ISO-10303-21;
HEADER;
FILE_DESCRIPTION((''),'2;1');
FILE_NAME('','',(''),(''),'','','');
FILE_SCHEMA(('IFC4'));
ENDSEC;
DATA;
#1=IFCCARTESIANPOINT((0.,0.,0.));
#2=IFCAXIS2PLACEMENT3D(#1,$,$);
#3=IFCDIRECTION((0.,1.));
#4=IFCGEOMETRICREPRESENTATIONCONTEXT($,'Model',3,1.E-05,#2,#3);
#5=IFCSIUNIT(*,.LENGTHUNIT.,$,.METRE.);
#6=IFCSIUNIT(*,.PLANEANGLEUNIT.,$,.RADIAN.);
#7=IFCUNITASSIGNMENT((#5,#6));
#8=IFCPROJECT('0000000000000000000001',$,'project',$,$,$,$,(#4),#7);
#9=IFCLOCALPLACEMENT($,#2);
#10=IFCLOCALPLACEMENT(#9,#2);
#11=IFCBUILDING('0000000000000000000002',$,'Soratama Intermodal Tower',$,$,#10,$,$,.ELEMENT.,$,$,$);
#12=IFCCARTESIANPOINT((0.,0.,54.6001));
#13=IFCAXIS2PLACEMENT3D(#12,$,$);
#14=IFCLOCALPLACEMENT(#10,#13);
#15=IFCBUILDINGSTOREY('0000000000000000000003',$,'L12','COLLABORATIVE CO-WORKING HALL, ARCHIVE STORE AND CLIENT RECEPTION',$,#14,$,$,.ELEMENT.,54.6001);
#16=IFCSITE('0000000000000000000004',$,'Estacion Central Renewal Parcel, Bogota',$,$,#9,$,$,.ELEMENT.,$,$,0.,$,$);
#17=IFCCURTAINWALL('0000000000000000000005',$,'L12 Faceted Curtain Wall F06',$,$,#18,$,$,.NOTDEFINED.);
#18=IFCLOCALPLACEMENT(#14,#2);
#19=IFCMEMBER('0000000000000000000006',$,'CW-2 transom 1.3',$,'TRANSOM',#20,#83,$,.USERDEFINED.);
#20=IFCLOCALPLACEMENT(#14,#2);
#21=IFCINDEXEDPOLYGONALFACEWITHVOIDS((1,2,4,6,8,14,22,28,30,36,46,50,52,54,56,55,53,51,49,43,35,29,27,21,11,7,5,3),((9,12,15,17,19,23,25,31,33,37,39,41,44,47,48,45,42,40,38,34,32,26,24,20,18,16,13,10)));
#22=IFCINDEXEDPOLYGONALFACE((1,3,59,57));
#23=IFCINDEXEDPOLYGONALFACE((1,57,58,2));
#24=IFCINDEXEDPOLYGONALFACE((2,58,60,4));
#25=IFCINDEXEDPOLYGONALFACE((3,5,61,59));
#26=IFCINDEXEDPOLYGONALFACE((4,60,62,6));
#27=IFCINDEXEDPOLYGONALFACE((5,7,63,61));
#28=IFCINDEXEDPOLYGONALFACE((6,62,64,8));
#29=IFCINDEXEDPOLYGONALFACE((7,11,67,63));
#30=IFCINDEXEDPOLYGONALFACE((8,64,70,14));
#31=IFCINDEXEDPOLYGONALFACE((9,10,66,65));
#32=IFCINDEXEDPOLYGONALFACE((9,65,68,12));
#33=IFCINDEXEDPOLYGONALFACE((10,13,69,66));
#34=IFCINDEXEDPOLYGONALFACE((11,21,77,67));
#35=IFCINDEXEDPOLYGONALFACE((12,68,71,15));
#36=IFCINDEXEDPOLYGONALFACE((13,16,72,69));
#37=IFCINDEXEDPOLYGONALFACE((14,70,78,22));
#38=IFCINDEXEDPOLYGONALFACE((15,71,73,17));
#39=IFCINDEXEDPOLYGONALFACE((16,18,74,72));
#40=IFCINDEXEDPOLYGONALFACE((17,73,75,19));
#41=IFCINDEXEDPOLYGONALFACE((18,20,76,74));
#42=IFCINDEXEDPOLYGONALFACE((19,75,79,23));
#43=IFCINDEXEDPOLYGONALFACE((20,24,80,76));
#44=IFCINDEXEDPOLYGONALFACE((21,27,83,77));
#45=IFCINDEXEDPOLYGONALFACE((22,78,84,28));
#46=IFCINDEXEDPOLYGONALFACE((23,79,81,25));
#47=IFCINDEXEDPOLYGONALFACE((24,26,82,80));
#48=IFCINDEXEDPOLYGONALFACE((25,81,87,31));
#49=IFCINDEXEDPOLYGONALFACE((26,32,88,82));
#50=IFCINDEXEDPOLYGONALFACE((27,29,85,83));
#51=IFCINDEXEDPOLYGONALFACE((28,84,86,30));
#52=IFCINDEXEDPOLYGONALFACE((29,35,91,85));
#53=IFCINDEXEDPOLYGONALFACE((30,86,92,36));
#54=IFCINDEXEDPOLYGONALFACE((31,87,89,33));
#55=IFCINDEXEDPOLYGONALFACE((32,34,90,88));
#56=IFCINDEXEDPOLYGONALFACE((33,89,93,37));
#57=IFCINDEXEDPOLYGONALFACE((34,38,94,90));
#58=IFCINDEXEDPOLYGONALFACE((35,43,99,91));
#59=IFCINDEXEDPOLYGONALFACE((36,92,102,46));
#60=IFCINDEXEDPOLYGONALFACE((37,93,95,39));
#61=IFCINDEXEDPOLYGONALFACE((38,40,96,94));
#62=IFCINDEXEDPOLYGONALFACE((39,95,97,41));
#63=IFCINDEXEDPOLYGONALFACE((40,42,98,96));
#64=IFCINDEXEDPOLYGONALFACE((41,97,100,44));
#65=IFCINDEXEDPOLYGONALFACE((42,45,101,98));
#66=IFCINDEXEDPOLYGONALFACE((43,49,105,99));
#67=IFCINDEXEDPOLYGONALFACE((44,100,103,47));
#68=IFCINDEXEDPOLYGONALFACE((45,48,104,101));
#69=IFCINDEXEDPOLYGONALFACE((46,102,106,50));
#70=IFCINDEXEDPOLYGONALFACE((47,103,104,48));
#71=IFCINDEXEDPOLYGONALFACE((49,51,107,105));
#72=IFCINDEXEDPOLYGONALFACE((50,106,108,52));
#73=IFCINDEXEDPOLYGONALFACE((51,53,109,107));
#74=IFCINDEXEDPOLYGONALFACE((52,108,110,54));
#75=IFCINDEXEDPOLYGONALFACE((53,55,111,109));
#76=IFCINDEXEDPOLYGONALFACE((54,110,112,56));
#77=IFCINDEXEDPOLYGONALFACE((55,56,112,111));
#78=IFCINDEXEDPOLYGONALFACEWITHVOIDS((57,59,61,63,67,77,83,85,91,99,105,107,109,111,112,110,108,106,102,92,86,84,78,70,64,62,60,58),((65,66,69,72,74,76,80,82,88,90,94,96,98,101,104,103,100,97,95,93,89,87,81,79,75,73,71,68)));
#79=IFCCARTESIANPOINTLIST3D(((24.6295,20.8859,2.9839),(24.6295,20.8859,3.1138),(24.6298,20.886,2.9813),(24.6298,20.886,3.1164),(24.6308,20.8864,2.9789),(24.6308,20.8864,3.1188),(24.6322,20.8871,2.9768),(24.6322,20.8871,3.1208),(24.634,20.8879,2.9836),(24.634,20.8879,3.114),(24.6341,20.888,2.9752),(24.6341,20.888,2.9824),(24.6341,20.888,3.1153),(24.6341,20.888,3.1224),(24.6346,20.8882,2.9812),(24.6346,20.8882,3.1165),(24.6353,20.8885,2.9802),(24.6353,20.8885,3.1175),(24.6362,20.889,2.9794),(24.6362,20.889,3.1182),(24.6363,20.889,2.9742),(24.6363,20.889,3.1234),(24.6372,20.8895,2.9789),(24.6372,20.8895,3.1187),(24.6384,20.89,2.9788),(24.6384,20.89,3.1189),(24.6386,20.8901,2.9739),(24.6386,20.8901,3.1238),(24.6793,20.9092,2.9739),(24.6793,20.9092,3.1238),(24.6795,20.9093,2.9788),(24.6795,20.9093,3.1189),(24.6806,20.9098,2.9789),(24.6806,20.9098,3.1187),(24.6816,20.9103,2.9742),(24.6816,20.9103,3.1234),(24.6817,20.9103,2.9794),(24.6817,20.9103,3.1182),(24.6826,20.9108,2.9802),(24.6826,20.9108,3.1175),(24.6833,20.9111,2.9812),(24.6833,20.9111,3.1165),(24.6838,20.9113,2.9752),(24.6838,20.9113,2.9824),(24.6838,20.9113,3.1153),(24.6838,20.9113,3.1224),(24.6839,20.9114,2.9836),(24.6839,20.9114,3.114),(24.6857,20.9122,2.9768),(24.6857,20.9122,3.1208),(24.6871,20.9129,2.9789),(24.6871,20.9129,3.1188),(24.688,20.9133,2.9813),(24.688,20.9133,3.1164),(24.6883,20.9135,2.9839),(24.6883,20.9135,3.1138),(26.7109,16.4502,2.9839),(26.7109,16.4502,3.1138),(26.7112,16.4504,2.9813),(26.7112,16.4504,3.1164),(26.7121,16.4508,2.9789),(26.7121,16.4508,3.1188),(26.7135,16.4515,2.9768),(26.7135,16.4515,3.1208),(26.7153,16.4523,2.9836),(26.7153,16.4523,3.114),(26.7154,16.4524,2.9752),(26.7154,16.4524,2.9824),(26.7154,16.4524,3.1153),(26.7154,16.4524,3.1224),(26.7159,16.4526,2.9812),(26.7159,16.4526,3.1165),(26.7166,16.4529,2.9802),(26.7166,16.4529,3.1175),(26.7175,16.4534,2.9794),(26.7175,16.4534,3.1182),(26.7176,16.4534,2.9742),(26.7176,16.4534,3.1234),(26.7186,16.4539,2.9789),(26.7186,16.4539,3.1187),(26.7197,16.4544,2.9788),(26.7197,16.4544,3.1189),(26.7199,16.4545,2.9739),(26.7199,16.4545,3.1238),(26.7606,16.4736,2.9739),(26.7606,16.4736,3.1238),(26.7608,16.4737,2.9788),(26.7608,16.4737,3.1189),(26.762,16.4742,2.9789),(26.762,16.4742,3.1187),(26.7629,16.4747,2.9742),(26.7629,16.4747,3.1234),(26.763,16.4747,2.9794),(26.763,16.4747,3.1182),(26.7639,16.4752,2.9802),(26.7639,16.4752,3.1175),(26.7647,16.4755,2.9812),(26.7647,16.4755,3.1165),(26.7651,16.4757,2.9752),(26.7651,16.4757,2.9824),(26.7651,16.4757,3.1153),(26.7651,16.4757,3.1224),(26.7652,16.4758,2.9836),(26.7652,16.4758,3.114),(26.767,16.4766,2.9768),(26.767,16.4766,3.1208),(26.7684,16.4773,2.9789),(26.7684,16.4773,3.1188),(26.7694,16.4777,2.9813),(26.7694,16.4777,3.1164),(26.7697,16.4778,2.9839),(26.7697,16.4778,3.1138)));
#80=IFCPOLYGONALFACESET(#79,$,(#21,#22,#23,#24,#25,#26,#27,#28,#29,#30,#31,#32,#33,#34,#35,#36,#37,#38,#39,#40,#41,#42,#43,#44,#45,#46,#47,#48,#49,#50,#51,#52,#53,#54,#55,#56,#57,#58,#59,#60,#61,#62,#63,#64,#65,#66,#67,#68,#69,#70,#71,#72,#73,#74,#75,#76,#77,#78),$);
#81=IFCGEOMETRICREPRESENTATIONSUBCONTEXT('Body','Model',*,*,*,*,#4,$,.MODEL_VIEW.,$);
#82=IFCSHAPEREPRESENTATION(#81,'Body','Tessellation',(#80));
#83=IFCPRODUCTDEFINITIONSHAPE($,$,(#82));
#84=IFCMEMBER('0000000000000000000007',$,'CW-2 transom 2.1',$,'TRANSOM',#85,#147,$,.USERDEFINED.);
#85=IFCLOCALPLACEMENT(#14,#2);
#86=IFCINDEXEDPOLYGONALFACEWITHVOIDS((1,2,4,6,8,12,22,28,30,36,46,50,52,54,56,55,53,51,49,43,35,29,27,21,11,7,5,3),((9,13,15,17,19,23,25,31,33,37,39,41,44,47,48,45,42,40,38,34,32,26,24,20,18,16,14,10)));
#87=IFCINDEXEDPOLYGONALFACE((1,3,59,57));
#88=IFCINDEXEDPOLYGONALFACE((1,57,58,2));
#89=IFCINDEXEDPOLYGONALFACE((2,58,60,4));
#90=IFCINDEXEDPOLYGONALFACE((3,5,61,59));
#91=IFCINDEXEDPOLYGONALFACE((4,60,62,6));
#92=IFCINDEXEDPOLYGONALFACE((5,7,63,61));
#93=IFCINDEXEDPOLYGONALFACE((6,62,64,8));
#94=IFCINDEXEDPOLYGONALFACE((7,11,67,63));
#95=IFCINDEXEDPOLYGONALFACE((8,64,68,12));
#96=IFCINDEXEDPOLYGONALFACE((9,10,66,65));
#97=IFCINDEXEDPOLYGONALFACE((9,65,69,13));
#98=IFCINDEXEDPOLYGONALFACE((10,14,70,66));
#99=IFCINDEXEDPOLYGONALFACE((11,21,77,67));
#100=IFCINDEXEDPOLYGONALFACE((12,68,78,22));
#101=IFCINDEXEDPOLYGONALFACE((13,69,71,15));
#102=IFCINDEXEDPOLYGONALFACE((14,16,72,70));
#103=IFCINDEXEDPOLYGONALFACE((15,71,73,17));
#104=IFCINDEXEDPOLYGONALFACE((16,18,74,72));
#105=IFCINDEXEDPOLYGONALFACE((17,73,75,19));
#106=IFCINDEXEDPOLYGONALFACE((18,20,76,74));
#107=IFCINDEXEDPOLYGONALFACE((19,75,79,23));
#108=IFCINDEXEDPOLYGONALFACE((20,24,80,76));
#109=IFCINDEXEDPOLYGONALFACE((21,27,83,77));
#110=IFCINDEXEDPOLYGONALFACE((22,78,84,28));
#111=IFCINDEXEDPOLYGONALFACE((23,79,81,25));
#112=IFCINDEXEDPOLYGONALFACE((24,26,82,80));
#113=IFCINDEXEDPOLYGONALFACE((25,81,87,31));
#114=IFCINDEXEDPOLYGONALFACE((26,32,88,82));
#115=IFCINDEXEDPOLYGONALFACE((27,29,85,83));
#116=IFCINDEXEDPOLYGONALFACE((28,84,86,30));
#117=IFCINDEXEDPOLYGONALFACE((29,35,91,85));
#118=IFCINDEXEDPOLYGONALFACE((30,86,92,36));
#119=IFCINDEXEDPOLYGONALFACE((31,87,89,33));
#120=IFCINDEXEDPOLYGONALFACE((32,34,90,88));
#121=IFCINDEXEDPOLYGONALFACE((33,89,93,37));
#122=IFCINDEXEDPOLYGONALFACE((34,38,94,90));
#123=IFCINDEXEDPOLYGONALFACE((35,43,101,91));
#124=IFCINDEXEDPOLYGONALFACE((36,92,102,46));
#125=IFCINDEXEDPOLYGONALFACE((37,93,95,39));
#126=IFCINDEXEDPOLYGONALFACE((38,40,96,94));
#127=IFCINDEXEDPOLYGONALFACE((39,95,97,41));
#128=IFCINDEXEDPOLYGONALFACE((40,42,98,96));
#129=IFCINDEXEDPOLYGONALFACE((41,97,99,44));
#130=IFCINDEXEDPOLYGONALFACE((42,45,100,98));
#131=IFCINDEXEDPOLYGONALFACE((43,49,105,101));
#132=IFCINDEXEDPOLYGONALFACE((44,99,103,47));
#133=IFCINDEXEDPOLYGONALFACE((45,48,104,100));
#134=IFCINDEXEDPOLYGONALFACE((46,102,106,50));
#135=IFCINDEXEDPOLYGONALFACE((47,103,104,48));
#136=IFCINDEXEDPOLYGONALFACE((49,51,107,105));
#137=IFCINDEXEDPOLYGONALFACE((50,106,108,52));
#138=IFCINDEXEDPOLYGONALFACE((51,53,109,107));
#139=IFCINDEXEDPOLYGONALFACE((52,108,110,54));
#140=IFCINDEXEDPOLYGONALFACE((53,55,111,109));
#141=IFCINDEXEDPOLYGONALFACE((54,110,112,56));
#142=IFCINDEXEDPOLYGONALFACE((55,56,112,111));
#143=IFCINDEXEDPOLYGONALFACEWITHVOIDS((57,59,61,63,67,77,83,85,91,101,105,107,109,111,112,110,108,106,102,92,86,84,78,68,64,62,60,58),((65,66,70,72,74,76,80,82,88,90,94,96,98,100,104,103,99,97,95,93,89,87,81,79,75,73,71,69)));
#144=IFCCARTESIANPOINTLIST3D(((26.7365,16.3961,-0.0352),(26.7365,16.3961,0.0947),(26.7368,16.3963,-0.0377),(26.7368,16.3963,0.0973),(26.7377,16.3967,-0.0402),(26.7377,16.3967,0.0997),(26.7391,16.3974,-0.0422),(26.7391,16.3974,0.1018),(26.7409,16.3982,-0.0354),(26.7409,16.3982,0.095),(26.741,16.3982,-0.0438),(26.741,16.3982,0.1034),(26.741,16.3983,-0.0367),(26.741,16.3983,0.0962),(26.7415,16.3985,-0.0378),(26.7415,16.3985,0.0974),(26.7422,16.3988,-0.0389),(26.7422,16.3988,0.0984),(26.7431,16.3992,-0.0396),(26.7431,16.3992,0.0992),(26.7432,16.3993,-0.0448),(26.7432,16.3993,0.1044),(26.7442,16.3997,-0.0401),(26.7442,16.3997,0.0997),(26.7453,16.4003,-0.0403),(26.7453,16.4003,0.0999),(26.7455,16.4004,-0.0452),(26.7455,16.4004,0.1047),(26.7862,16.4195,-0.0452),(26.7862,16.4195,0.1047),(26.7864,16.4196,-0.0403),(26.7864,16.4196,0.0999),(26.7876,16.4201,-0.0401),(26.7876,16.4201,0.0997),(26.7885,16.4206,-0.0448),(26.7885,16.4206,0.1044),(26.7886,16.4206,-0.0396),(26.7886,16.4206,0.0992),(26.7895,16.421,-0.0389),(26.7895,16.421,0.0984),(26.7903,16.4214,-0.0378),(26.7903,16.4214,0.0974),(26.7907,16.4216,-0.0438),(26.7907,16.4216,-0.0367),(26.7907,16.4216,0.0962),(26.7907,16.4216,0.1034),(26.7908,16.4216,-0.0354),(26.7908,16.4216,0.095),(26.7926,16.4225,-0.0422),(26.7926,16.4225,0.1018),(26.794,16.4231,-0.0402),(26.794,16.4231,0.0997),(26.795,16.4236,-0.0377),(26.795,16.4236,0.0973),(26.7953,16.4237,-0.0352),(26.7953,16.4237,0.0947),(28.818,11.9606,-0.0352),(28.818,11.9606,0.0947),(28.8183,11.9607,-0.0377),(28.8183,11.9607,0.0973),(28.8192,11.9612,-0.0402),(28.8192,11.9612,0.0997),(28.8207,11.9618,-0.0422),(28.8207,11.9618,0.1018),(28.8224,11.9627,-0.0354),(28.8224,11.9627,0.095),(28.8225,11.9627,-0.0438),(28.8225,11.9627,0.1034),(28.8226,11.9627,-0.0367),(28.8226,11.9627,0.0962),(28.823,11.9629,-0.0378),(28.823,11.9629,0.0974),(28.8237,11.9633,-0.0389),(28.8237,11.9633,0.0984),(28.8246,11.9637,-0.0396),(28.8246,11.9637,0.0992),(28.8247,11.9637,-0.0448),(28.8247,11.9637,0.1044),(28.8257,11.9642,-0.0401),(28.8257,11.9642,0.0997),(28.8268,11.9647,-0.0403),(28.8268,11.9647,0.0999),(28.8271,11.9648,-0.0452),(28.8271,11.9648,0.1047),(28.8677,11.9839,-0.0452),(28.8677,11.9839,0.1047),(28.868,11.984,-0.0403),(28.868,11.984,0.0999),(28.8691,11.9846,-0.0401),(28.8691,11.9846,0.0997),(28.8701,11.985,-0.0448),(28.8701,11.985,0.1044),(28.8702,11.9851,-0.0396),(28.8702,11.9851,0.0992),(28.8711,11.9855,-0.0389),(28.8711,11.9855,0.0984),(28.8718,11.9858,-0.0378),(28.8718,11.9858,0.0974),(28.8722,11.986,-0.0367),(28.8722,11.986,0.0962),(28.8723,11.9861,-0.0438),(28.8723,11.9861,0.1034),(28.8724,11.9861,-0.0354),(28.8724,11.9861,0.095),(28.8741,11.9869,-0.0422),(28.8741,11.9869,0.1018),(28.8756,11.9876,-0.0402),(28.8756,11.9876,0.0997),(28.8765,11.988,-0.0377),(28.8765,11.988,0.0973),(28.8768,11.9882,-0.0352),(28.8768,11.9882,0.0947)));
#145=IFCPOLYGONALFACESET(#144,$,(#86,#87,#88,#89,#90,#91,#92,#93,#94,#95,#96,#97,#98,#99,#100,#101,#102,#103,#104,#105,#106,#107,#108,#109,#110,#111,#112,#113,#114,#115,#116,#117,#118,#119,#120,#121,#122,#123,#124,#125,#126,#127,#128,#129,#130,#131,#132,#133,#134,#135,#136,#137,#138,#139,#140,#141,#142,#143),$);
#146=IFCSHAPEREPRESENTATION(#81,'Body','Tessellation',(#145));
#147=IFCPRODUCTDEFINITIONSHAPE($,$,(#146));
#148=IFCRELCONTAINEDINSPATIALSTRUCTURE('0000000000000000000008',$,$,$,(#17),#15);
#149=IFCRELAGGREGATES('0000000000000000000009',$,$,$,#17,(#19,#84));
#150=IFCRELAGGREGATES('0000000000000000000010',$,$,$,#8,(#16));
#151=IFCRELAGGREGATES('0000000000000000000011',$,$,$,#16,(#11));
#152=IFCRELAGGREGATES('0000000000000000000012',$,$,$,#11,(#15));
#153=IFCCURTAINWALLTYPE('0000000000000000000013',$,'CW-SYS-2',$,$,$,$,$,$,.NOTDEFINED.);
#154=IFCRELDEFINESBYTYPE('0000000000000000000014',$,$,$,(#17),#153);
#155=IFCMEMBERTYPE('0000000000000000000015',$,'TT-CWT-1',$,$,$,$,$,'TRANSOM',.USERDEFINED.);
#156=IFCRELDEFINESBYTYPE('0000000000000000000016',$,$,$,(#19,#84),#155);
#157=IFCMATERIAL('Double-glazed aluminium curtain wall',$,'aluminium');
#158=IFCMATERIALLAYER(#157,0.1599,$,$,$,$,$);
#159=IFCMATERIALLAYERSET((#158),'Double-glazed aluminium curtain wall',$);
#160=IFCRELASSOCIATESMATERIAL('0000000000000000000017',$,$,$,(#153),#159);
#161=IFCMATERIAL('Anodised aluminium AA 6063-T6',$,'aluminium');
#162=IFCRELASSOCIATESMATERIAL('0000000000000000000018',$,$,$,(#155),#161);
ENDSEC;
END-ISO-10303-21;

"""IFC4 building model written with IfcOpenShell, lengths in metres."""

from ifc_helpers import new_model, si_unit, direction, frame, origin, origin_2d, place, context, subcontext, project, spatial, hollow_rectangle, extrude, material, layer, layer_set, material_profile, profile_set, type_object, element, aggregate, save


model = new_model("IFC4")

# Units and contexts
model_context = context("Model", 3, precision=1e-05, world=origin(), true_north=direction((0.0, 1.0)))
body_context = subcontext(model_context, "Body", "Model", "MODEL_VIEW")
ifc_project = project(units=[si_unit("LENGTHUNIT", "METRE"), si_unit("PLANEANGLEUNIT", "RADIAN")], contexts=[model_context])

# Site, building, storey
site_placement = place(None, origin())
site = spatial("IfcSite", under=ifc_project, at=site_placement, Name="Estacion Central Renewal Parcel, Bogota", CompositionType="ELEMENT", RefElevation=0.0)
building_placement = place(site_placement, origin())
building = spatial("IfcBuilding", under=site, at=building_placement, Name="Soratama Intermodal Tower", CompositionType="ELEMENT")
storey_placement = place(building_placement, frame((0.0, 0.0, 54.6001)))
storey = spatial("IfcBuildingStorey", under=building, at=storey_placement, Name="L12", Description="COLLABORATIVE CO-WORKING HALL, ARCHIVE STORE AND CLIENT RECEPTION", CompositionType="ELEMENT", Elevation=54.6001)

# Curtain wall, members
ifc_material_1 = material(Name="Double-glazed aluminium curtain wall", Category="aluminium")
ifc_layer_1 = layer(ifc_material_1, 0.1599)
ifc_layer_set_1 = layer_set([ifc_layer_1], Name="Double-glazed aluminium curtain wall")
curtain_wall_type = type_object("IfcCurtainWallType", Name="CW-SYS-2", PredefinedType="NOTDEFINED", material=ifc_layer_set_1)
curtain_wall_placement = place(storey_placement, origin())
curtain_wall = element("IfcCurtainWall", 1, at=curtain_wall_placement, inside=storey, type_object=curtain_wall_type, Name="L12 Faceted Curtain Wall F06", PredefinedType="NOTDEFINED")
ifc_material_2 = material(Name="Anodised aluminium AA 6063-T6", Category="aluminium")
ifc_material_profile_1 = material_profile(ifc_material_2, hollow_rectangle(XDim=0.0649, YDim=0.1499, WallThickness=0.0049, InnerFilletRadius=0.0049, OuterFilletRadius=0.01, at=origin_2d()), Name="CWT150X65X5")
ifc_profile_set_1 = profile_set([ifc_material_profile_1], Name="Anodised aluminium AA 6063-T6")
member_type_1 = type_object("IfcMemberType", Name="TT-CWT-1", ElementType="TRANSOM", PredefinedType="USERDEFINED", material=ifc_profile_set_1)
member_1_placement = place(storey_placement, frame((24.6589, 20.8997, 3.0488), z_axis=(0.424791, -0.905291, 0.0), x_axis=(0.905291, 0.424791, 0.0)))
member_1 = element("IfcMember", 2, at=member_1_placement, type_object=member_type_1, Name="CW-2 transom 1.3", ObjectType="TRANSOM", PredefinedType="USERDEFINED", context=body_context, shape_type="SweptSolid", body=[
    extrude(hollow_rectangle(XDim=0.0649, YDim=0.1499, WallThickness=0.0049, InnerFilletRadius=0.0049, OuterFilletRadius=0.01, at=origin_2d()), origin(), (0.0, 0.0, 1.0), 4.8997),
])
member_2_placement = place(storey_placement, frame((26.7659, 16.4099, 0.0298), z_axis=(0.424832, -0.905272, 0.0), x_axis=(0.905272, 0.424832, 0.0)))
member_2 = element("IfcMember", 3, at=member_2_placement, type_object=member_type_1, Name="CW-2 transom 2.1", ObjectType="TRANSOM", PredefinedType="USERDEFINED", context=body_context, shape_type="SweptSolid", body=[
    extrude(hollow_rectangle(XDim=0.0649, YDim=0.1499, WallThickness=0.0049, InnerFilletRadius=0.0049, OuterFilletRadius=0.01, at=origin_2d()), origin(), (0.0, 0.0, 1.0), 4.8997),
])
aggregate(curtain_wall, [member_1, member_2])

save(model, "model.ifc")
